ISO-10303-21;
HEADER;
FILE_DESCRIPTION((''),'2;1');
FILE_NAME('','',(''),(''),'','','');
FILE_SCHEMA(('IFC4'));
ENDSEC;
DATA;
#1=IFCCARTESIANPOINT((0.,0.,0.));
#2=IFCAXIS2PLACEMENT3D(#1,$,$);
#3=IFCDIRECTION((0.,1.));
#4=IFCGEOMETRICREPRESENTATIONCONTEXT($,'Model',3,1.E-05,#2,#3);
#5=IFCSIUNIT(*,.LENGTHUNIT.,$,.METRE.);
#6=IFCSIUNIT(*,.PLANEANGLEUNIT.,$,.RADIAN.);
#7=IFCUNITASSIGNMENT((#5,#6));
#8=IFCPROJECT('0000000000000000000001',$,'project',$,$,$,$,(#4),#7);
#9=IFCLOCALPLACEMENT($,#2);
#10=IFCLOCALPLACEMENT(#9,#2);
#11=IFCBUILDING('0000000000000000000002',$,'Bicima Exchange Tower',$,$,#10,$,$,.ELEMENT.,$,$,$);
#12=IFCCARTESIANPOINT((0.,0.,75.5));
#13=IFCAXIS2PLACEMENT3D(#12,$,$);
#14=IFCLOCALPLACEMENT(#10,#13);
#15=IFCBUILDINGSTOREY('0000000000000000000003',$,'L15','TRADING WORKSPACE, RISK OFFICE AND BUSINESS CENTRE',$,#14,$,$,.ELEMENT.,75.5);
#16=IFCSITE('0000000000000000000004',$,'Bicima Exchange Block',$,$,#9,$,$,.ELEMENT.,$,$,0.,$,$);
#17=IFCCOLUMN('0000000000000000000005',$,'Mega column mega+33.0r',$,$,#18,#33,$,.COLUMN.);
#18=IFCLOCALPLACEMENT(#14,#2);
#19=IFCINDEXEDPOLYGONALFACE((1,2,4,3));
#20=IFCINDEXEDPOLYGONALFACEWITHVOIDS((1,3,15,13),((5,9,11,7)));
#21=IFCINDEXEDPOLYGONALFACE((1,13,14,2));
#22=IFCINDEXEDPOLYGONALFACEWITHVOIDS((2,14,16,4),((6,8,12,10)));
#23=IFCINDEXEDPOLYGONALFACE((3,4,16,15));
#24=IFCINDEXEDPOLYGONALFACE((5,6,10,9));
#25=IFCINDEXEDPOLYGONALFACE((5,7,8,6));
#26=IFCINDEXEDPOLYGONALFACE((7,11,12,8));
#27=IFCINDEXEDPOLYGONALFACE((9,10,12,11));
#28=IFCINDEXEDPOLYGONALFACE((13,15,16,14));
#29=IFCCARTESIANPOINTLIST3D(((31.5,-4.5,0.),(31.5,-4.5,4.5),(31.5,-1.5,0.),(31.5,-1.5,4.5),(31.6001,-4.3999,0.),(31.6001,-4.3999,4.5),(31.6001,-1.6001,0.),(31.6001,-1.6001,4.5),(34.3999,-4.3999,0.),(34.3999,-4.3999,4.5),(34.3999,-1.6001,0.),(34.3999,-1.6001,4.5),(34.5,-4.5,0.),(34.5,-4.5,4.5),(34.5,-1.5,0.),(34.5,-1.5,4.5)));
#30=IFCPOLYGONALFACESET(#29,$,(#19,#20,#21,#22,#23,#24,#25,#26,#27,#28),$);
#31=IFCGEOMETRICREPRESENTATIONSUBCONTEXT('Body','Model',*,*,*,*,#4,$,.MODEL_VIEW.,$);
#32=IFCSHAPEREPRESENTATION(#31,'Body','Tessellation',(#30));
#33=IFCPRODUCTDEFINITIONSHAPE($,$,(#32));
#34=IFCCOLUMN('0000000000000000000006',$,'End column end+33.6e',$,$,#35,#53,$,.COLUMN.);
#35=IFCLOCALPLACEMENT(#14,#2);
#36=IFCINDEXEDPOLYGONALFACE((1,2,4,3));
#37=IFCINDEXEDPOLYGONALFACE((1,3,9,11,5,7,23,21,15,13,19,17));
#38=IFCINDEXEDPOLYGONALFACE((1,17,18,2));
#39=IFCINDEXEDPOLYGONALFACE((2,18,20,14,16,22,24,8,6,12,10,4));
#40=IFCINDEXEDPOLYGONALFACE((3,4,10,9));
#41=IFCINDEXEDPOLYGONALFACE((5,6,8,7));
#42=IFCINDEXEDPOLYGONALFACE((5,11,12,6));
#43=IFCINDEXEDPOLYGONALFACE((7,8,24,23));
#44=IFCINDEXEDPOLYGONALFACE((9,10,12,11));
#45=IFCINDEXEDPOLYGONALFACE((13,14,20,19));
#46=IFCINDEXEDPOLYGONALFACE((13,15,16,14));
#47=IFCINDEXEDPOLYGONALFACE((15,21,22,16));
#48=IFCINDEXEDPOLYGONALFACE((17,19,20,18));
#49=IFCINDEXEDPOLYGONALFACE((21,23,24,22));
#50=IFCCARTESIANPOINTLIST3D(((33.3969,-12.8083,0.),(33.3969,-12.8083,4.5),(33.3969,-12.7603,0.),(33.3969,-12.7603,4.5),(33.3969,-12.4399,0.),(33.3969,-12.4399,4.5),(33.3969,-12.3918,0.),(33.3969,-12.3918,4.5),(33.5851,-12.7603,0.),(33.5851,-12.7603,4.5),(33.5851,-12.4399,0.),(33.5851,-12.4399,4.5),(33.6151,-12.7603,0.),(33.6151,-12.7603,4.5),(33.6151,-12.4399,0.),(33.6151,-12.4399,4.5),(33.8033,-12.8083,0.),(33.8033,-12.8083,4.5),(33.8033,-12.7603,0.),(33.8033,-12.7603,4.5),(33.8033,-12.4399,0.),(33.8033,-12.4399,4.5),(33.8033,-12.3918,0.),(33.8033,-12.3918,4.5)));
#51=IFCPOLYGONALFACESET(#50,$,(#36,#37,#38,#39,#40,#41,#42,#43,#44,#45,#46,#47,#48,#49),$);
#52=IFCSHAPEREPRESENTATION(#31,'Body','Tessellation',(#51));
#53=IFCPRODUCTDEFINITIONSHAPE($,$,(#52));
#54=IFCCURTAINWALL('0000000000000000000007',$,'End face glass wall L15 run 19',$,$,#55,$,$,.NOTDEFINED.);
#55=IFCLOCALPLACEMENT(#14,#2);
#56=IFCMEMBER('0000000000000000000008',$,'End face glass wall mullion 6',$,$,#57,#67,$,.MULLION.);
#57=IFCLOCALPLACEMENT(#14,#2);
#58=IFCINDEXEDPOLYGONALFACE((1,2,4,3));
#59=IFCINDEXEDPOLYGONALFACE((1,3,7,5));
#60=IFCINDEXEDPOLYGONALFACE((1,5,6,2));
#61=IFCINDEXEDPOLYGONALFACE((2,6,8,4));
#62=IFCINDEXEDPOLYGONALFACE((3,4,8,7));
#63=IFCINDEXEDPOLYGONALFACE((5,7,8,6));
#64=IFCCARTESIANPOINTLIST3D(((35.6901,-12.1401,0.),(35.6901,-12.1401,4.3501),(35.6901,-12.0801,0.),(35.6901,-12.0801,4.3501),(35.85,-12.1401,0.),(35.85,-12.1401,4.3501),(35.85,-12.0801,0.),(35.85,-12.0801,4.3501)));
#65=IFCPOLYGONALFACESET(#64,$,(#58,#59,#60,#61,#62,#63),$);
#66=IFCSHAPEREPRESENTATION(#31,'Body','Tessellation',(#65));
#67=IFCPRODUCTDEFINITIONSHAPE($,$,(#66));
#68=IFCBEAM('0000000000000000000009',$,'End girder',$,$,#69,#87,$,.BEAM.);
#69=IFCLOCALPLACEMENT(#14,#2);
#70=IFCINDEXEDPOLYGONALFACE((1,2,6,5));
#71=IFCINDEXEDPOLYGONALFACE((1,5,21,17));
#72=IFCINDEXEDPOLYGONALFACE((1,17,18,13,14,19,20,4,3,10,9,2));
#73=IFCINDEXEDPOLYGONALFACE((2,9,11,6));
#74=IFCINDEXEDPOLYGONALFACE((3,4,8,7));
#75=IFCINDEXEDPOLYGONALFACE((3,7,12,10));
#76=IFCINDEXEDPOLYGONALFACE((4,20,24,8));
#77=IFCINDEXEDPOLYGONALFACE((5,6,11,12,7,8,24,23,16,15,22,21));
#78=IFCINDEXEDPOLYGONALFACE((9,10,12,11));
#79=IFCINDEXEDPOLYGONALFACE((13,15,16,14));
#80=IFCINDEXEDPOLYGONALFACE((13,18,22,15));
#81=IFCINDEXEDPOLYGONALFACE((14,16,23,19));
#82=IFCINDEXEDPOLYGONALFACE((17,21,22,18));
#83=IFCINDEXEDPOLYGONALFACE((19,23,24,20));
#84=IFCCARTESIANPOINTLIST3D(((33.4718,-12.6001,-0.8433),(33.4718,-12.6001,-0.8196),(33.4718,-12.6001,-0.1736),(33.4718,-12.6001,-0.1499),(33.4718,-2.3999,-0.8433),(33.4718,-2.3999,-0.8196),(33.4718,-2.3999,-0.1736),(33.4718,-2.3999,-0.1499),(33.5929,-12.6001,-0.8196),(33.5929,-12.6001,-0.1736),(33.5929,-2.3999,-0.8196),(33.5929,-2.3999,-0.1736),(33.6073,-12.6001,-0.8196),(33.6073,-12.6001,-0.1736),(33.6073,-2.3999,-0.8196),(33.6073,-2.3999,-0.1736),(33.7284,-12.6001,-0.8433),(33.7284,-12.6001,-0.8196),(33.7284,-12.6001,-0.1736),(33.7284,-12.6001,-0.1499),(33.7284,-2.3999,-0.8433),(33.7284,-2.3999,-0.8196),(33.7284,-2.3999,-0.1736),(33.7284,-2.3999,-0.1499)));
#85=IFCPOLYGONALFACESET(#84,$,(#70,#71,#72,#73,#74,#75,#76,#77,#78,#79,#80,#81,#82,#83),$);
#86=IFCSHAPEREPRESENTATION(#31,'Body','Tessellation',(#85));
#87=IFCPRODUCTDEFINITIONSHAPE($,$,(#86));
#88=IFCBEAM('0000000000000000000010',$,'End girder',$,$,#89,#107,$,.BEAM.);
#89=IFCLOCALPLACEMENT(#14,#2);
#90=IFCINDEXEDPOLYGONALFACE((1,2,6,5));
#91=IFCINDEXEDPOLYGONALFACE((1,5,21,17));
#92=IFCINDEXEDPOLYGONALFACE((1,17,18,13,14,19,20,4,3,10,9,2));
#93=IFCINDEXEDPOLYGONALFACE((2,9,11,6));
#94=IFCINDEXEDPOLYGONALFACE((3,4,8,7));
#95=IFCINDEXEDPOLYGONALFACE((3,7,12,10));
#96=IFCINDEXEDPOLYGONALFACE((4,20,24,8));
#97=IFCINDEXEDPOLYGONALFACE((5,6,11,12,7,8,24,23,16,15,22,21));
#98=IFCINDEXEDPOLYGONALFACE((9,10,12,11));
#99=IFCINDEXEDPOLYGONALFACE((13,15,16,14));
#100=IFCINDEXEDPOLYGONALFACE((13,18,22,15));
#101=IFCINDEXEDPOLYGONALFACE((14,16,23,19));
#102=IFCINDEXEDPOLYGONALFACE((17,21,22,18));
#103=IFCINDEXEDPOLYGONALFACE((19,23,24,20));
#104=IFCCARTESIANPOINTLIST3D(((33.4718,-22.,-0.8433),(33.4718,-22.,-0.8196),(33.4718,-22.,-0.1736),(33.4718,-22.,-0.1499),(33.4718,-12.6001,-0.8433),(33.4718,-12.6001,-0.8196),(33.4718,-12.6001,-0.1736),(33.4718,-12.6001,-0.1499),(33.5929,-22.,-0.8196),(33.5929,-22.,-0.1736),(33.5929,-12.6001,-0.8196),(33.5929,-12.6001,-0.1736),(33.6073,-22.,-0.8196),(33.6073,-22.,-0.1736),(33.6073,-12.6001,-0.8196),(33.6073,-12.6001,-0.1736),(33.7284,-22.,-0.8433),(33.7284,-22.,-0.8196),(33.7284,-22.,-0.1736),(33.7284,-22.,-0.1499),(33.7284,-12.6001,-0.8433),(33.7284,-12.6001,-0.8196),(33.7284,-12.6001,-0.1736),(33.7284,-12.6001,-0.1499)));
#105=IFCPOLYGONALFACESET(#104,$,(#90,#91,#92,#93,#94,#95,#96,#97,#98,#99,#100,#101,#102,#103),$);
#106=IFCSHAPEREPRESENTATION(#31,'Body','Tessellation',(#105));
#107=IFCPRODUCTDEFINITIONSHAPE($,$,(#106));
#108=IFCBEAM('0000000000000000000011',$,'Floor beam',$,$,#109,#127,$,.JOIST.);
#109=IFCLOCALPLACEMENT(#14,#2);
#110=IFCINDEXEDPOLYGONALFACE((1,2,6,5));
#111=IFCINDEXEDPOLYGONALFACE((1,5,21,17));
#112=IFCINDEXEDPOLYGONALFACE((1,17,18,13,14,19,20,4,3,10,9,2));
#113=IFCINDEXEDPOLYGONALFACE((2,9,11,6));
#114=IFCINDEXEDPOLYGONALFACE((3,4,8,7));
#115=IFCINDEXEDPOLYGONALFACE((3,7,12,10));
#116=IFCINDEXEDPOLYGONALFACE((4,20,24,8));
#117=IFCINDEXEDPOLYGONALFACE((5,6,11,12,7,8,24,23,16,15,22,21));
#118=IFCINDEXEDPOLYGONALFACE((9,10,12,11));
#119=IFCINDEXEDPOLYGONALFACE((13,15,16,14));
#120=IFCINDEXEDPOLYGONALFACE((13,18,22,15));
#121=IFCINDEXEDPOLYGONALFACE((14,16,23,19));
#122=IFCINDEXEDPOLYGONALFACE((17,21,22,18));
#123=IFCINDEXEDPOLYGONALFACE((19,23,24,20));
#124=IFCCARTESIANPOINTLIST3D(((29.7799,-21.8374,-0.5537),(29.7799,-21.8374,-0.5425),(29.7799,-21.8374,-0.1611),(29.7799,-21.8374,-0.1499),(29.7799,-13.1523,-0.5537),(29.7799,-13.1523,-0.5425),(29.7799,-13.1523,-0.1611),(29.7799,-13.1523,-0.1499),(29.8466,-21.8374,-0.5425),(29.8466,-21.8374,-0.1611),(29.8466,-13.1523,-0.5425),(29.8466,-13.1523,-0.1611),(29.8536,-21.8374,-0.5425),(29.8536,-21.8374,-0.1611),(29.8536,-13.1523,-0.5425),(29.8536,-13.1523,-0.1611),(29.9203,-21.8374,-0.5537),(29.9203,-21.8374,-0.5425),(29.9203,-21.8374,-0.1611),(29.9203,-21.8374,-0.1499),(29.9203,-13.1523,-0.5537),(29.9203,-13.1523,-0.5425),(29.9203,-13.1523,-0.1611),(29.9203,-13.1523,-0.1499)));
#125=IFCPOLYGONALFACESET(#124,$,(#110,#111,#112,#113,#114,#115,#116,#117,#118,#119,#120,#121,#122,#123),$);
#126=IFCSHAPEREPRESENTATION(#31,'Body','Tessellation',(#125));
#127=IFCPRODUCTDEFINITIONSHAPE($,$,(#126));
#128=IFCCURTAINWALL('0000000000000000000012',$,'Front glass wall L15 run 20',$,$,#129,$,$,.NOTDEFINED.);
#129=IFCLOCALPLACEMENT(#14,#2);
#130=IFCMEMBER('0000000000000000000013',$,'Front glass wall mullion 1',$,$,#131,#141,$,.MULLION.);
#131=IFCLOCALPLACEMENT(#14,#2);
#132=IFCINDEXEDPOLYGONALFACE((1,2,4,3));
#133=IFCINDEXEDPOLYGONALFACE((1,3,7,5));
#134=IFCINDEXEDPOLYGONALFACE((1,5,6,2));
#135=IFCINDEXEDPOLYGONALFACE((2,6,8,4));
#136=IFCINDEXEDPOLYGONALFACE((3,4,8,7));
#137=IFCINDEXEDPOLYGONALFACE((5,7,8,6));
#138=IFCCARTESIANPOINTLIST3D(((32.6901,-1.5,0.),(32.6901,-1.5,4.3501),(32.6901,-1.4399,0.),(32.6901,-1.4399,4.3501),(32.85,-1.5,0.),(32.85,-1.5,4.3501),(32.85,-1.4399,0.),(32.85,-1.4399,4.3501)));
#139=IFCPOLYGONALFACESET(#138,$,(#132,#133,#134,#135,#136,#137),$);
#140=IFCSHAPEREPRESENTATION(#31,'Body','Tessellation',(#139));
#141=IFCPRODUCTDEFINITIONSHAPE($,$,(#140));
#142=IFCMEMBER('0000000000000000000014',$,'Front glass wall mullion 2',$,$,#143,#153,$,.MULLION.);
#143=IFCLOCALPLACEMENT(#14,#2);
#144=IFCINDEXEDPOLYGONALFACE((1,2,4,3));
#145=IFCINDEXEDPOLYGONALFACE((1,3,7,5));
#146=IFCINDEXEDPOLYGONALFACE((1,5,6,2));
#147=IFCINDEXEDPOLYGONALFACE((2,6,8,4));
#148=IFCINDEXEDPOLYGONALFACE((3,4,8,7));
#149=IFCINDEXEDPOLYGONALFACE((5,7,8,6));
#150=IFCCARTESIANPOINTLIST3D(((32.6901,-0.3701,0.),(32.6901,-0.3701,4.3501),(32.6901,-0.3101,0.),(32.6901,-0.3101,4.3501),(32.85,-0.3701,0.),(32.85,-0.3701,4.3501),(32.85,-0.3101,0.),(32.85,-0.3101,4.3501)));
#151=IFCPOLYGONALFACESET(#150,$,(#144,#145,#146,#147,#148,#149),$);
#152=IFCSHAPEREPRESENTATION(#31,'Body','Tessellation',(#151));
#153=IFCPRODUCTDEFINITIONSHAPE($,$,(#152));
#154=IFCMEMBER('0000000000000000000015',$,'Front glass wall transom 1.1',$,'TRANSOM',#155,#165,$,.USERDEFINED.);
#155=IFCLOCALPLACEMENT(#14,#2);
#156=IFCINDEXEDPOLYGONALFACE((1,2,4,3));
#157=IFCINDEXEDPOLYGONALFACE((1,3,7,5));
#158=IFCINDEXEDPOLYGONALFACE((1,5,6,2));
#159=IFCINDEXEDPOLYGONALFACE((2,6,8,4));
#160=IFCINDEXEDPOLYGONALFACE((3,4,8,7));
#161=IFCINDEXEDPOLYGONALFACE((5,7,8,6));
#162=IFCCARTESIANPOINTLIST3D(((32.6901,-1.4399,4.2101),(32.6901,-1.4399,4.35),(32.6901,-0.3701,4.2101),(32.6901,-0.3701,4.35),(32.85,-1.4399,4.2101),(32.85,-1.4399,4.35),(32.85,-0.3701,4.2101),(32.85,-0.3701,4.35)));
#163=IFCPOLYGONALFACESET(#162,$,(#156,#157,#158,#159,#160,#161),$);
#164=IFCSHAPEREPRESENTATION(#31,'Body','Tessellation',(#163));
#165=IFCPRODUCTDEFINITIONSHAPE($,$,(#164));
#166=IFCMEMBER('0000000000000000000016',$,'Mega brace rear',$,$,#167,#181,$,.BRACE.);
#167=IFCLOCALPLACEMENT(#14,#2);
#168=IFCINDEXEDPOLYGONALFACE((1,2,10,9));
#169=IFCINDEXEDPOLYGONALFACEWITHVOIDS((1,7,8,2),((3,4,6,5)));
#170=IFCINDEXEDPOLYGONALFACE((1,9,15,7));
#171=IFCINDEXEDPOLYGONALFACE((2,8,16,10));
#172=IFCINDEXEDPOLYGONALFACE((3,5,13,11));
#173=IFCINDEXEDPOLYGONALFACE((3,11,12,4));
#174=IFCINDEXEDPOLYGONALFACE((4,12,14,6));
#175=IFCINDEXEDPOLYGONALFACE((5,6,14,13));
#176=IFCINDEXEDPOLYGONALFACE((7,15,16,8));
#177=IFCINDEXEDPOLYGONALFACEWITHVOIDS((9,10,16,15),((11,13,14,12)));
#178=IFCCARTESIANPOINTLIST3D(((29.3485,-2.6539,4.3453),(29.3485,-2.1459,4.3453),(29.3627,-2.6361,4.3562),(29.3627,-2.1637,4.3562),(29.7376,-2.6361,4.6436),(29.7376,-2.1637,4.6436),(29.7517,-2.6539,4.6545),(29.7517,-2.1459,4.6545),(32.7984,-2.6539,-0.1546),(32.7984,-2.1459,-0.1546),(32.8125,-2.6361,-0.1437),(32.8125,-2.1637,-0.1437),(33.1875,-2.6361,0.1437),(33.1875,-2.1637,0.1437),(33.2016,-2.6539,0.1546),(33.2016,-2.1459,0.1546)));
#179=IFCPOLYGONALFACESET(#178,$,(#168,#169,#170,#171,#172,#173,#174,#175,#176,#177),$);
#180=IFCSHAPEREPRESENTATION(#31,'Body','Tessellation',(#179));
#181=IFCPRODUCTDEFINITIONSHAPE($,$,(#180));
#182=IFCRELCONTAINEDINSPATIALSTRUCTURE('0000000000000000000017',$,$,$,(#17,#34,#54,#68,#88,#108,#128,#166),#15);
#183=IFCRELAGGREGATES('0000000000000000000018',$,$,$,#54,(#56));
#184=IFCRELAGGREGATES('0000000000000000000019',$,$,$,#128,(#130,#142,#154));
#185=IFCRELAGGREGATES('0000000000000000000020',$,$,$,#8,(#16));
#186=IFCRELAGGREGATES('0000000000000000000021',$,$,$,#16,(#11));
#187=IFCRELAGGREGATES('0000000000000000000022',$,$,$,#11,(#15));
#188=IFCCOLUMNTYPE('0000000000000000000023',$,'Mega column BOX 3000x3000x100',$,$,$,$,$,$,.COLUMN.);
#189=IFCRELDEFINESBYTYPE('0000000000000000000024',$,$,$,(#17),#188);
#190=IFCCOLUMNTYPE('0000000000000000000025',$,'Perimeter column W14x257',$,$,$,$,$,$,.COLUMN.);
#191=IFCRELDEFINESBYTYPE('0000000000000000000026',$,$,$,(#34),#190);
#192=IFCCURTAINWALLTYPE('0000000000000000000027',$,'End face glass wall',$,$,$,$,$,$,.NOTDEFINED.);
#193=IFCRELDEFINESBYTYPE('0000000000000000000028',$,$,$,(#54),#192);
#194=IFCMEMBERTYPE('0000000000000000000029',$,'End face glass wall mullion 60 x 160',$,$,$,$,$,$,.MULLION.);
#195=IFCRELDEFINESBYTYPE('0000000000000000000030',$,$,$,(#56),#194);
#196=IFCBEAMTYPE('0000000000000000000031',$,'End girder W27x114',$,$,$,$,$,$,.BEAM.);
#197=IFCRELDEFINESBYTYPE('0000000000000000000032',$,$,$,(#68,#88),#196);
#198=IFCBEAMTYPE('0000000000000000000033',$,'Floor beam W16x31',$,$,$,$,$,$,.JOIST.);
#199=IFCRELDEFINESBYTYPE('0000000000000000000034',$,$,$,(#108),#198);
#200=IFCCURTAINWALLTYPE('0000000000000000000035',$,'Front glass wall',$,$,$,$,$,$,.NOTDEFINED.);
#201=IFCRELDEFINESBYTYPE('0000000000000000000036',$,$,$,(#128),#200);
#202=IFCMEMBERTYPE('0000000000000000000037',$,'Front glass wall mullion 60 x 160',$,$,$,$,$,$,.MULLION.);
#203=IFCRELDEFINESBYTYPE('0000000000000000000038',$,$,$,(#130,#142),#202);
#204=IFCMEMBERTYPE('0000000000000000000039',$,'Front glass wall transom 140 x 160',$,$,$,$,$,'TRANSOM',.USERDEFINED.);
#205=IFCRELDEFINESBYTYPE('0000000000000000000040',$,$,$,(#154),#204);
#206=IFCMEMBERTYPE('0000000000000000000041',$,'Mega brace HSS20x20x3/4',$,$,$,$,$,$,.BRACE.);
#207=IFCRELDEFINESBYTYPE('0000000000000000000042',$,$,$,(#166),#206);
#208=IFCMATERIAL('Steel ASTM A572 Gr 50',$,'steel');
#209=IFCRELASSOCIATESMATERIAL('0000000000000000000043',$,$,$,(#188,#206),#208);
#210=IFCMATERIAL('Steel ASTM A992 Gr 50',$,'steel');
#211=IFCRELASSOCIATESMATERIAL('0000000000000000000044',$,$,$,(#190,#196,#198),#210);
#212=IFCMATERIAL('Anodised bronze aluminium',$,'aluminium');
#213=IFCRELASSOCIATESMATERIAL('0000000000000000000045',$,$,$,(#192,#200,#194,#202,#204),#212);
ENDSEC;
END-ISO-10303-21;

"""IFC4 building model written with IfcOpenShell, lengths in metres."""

from ifc_helpers import new_model, si_unit, direction, frame, origin, origin_2d, place, context, subcontext, project, spatial, rectangle, hollow_rectangle, i_section, extrude, material, material_profile, profile_set, type_object, element, aggregate, save


model = new_model("IFC4")

# Units and contexts
model_context = context("Model", 3, precision=1e-05, world=origin(), true_north=direction((0.0, 1.0)))
body_context = subcontext(model_context, "Body", "Model", "MODEL_VIEW")
ifc_project = project(units=[si_unit("LENGTHUNIT", "METRE"), si_unit("PLANEANGLEUNIT", "RADIAN")], contexts=[model_context])

# Site, building, storey
site_placement = place(None, origin())
site = spatial("IfcSite", under=ifc_project, at=site_placement, Name="Bicima Exchange Block", CompositionType="ELEMENT", RefElevation=0.0)
building_placement = place(site_placement, origin())
building = spatial("IfcBuilding", under=site, at=building_placement, Name="Bicima Exchange Tower", CompositionType="ELEMENT")
storey_placement = place(building_placement, frame((0.0, 0.0, 75.5)))
storey = spatial("IfcBuildingStorey", under=building, at=storey_placement, Name="L15", Description="TRADING WORKSPACE, RISK OFFICE AND BUSINESS CENTRE", CompositionType="ELEMENT", Elevation=75.5)

# Columns
ifc_material_1 = material(Name="Steel ASTM A572 Gr 50", Category="steel")
ifc_material_profile_1 = material_profile(ifc_material_1, hollow_rectangle(XDim=3.0, YDim=3.0, WallThickness=0.1001, at=origin_2d()))
ifc_profile_set_1 = profile_set([ifc_material_profile_1], Name="Steel ASTM A572 Gr 50")
column_type_1 = type_object("IfcColumnType", Name="Mega column BOX 3000x3000x100", PredefinedType="COLUMN", material=ifc_profile_set_1)
column_1_placement = place(storey_placement, frame((33.0, -3.0, 0.0), z_axis=(0.0, 0.0, 1.0), x_axis=(1.0, 0.0, 0.0)))
element("IfcColumn", 1, at=column_1_placement, inside=storey, type_object=column_type_1, Name="Mega column mega+33.0r", PredefinedType="COLUMN", context=body_context, shape_type="SweptSolid", body=[
    extrude(hollow_rectangle(XDim=3.0, YDim=3.0, WallThickness=0.1001, at=origin_2d()), origin(), (0.0, 0.0, 1.0), 4.5),
])
ifc_material_2 = material(Name="Steel ASTM A992 Gr 50", Category="steel")
ifc_material_profile_2 = material_profile(ifc_material_2, i_section(OverallWidth=0.4065, OverallDepth=0.4165, WebThickness=0.03, FlangeThickness=0.0481, at=origin_2d()))
ifc_profile_set_2 = profile_set([ifc_material_profile_2], Name="Steel ASTM A992 Gr 50")
column_type_2 = type_object("IfcColumnType", Name="Perimeter column W14x257", PredefinedType="COLUMN", material=ifc_profile_set_2)
column_2_placement = place(storey_placement, frame((33.6001, -12.6001, 0.0), z_axis=(0.0, 0.0, 1.0), x_axis=(1.0, 0.0, 0.0)))
element("IfcColumn", 2, at=column_2_placement, inside=storey, type_object=column_type_2, Name="End column end+33.6e", PredefinedType="COLUMN", context=body_context, shape_type="SweptSolid", body=[
    extrude(i_section(OverallWidth=0.4065, OverallDepth=0.4165, WebThickness=0.03, FlangeThickness=0.0481, at=origin_2d()), origin(), (0.0, 0.0, 1.0), 4.5),
])

# Curtain wall, member
ifc_material_3 = material(Name="Anodised bronze aluminium", Category="aluminium")
curtain_wall_type_1 = type_object("IfcCurtainWallType", Name="End face glass wall", PredefinedType="NOTDEFINED", material=ifc_material_3)
curtain_wall_1_placement = place(storey_placement, origin())
curtain_wall_1 = element("IfcCurtainWall", 3, at=curtain_wall_1_placement, inside=storey, type_object=curtain_wall_type_1, Name="End face glass wall L15 run 19", PredefinedType="NOTDEFINED")
ifc_material_profile_3 = material_profile(ifc_material_3, rectangle(XDim=0.1599, YDim=0.0601, at=origin_2d()))
ifc_profile_set_3 = profile_set([ifc_material_profile_3], Name="Anodised bronze aluminium")
member_type_1 = type_object("IfcMemberType", Name="End face glass wall mullion 60 x 160", PredefinedType="MULLION", material=ifc_profile_set_3)
member_1_placement = place(storey_placement, frame((35.77, -12.1101, 0.0), z_axis=(0.0, 0.0, 1.0), x_axis=(-1.0, 0.0, 0.0)))
member_1 = element("IfcMember", 4, at=member_1_placement, type_object=member_type_1, Name="End face glass wall mullion 6", PredefinedType="MULLION", context=body_context, shape_type="SweptSolid", body=[
    extrude(rectangle(XDim=0.1599, YDim=0.0601, at=origin_2d()), origin(), (0.0, 0.0, 1.0), 4.3501),
])

# Beams
ifc_material_profile_4 = material_profile(ifc_material_2, i_section(OverallWidth=0.2566, OverallDepth=0.6934, WebThickness=0.0144, FlangeThickness=0.0237, at=origin_2d()))
ifc_profile_set_4 = profile_set([ifc_material_profile_4], Name="Steel ASTM A992 Gr 50")
beam_type_1 = type_object("IfcBeamType", Name="End girder W27x114", PredefinedType="BEAM", material=ifc_profile_set_4)
beam_1_placement = place(storey_placement, frame((33.6001, -2.3999, -0.4966), z_axis=(0.0, -1.0, 0.0), x_axis=(1.0, 0.0, 0.0)))
element("IfcBeam", 5, at=beam_1_placement, inside=storey, type_object=beam_type_1, Name="End girder", PredefinedType="BEAM", context=body_context, shape_type="SweptSolid", body=[
    extrude(i_section(OverallWidth=0.2566, OverallDepth=0.6934, WebThickness=0.0144, FlangeThickness=0.0237, at=origin_2d()), origin(), (0.0, 0.0, 1.0), 10.2002),
])
beam_2_placement = place(storey_placement, frame((33.6001, -12.6001, -0.4966), z_axis=(0.0, -1.0, 0.0), x_axis=(1.0, 0.0, 0.0)))
element("IfcBeam", 6, at=beam_2_placement, inside=storey, type_object=beam_type_1, Name="End girder", PredefinedType="BEAM", context=body_context, shape_type="SweptSolid", body=[
    extrude(i_section(OverallWidth=0.2566, OverallDepth=0.6934, WebThickness=0.0144, FlangeThickness=0.0237, at=origin_2d()), origin(), (0.0, 0.0, 1.0), 9.3999),
])
ifc_material_profile_5 = material_profile(ifc_material_2, i_section(OverallWidth=0.1404, OverallDepth=0.4038, WebThickness=0.0071, FlangeThickness=0.0112, at=origin_2d()))
ifc_profile_set_5 = profile_set([ifc_material_profile_5], Name="Steel ASTM A992 Gr 50")
beam_type_2 = type_object("IfcBeamType", Name="Floor beam W16x31", PredefinedType="JOIST", material=ifc_profile_set_5)
beam_3_placement = place(storey_placement, frame((29.8501, -13.1523, -0.3518), z_axis=(0.0, -1.0, 0.0), x_axis=(1.0, 0.0, 0.0)))
element("IfcBeam", 7, at=beam_3_placement, inside=storey, type_object=beam_type_2, Name="Floor beam", PredefinedType="JOIST", context=body_context, shape_type="SweptSolid", body=[
    extrude(i_section(OverallWidth=0.1404, OverallDepth=0.4038, WebThickness=0.0071, FlangeThickness=0.0112, at=origin_2d()), origin(), (0.0, 0.0, 1.0), 8.6851),
])

# Curtain wall, members
curtain_wall_type_2 = type_object("IfcCurtainWallType", Name="Front glass wall", PredefinedType="NOTDEFINED", material=ifc_material_3)
curtain_wall_2_placement = place(storey_placement, origin())
curtain_wall_2 = element("IfcCurtainWall", 8, at=curtain_wall_2_placement, inside=storey, type_object=curtain_wall_type_2, Name="Front glass wall L15 run 20", PredefinedType="NOTDEFINED")
member_type_2 = type_object("IfcMemberType", Name="Front glass wall mullion 60 x 160", PredefinedType="MULLION", material=ifc_profile_set_3)
member_2_placement = place(storey_placement, frame((32.77, -1.47, 0.0), z_axis=(0.0, 0.0, 1.0), x_axis=(-1.0, 0.0, 0.0)))
member_2 = element("IfcMember", 9, at=member_2_placement, type_object=member_type_2, Name="Front glass wall mullion 1", PredefinedType="MULLION", context=body_context, shape_type="SweptSolid", body=[
    extrude(rectangle(XDim=0.1599, YDim=0.0601, at=origin_2d()), origin(), (0.0, 0.0, 1.0), 4.3501),
])
member_3_placement = place(storey_placement, frame((32.77, -0.3401, 0.0), z_axis=(0.0, 0.0, 1.0), x_axis=(-1.0, 0.0, 0.0)))
member_3 = element("IfcMember", 10, at=member_3_placement, type_object=member_type_2, Name="Front glass wall mullion 2", PredefinedType="MULLION", context=body_context, shape_type="SweptSolid", body=[
    extrude(rectangle(XDim=0.1599, YDim=0.0601, at=origin_2d()), origin(), (0.0, 0.0, 1.0), 4.3501),
])
ifc_material_profile_6 = material_profile(ifc_material_3, rectangle(XDim=0.1599, YDim=0.1399, at=origin_2d()))
ifc_profile_set_6 = profile_set([ifc_material_profile_6], Name="Anodised bronze aluminium")
member_type_3 = type_object("IfcMemberType", Name="Front glass wall transom 140 x 160", ElementType="TRANSOM", PredefinedType="USERDEFINED", material=ifc_profile_set_6)
member_4_placement = place(storey_placement, frame((32.77, -1.4399, 4.28), z_axis=(0.0, 1.0, 0.0), x_axis=(-1.0, 0.0, 0.0)))
member_4 = element("IfcMember", 11, at=member_4_placement, type_object=member_type_3, Name="Front glass wall transom 1.1", ObjectType="TRANSOM", PredefinedType="USERDEFINED", context=body_context, shape_type="SweptSolid", body=[
    extrude(rectangle(XDim=0.1599, YDim=0.1399, at=origin_2d()), origin(), (0.0, 0.0, 1.0), 1.0698),
])

# Member
ifc_material_profile_7 = material_profile(ifc_material_1, hollow_rectangle(XDim=0.5081, YDim=0.5081, WallThickness=0.0178, at=origin_2d()))
ifc_profile_set_7 = profile_set([ifc_material_profile_7], Name="Steel ASTM A572 Gr 50")
member_type_4 = type_object("IfcMemberType", Name="Mega brace HSS20x20x3/4", PredefinedType="BRACE", material=ifc_profile_set_7)
member_5_placement = place(storey_placement, frame((33.0, -2.3999, 0.0), z_axis=(-0.608426, 0.0, 0.793611), x_axis=(0.0, -1.0, 0.0)))
element("IfcMember", 12, at=member_5_placement, inside=storey, type_object=member_type_4, Name="Mega brace rear", PredefinedType="BRACE", context=body_context, shape_type="SweptSolid", body=[
    extrude(hollow_rectangle(XDim=0.5081, YDim=0.5081, WallThickness=0.0178, at=origin_2d()), origin(), (0.0, 0.0, 1.0), 5.6702),
])

aggregate(curtain_wall_1, [member_1])
aggregate(curtain_wall_2, [member_2, member_3, member_4])

save(model, "model.ifc")
